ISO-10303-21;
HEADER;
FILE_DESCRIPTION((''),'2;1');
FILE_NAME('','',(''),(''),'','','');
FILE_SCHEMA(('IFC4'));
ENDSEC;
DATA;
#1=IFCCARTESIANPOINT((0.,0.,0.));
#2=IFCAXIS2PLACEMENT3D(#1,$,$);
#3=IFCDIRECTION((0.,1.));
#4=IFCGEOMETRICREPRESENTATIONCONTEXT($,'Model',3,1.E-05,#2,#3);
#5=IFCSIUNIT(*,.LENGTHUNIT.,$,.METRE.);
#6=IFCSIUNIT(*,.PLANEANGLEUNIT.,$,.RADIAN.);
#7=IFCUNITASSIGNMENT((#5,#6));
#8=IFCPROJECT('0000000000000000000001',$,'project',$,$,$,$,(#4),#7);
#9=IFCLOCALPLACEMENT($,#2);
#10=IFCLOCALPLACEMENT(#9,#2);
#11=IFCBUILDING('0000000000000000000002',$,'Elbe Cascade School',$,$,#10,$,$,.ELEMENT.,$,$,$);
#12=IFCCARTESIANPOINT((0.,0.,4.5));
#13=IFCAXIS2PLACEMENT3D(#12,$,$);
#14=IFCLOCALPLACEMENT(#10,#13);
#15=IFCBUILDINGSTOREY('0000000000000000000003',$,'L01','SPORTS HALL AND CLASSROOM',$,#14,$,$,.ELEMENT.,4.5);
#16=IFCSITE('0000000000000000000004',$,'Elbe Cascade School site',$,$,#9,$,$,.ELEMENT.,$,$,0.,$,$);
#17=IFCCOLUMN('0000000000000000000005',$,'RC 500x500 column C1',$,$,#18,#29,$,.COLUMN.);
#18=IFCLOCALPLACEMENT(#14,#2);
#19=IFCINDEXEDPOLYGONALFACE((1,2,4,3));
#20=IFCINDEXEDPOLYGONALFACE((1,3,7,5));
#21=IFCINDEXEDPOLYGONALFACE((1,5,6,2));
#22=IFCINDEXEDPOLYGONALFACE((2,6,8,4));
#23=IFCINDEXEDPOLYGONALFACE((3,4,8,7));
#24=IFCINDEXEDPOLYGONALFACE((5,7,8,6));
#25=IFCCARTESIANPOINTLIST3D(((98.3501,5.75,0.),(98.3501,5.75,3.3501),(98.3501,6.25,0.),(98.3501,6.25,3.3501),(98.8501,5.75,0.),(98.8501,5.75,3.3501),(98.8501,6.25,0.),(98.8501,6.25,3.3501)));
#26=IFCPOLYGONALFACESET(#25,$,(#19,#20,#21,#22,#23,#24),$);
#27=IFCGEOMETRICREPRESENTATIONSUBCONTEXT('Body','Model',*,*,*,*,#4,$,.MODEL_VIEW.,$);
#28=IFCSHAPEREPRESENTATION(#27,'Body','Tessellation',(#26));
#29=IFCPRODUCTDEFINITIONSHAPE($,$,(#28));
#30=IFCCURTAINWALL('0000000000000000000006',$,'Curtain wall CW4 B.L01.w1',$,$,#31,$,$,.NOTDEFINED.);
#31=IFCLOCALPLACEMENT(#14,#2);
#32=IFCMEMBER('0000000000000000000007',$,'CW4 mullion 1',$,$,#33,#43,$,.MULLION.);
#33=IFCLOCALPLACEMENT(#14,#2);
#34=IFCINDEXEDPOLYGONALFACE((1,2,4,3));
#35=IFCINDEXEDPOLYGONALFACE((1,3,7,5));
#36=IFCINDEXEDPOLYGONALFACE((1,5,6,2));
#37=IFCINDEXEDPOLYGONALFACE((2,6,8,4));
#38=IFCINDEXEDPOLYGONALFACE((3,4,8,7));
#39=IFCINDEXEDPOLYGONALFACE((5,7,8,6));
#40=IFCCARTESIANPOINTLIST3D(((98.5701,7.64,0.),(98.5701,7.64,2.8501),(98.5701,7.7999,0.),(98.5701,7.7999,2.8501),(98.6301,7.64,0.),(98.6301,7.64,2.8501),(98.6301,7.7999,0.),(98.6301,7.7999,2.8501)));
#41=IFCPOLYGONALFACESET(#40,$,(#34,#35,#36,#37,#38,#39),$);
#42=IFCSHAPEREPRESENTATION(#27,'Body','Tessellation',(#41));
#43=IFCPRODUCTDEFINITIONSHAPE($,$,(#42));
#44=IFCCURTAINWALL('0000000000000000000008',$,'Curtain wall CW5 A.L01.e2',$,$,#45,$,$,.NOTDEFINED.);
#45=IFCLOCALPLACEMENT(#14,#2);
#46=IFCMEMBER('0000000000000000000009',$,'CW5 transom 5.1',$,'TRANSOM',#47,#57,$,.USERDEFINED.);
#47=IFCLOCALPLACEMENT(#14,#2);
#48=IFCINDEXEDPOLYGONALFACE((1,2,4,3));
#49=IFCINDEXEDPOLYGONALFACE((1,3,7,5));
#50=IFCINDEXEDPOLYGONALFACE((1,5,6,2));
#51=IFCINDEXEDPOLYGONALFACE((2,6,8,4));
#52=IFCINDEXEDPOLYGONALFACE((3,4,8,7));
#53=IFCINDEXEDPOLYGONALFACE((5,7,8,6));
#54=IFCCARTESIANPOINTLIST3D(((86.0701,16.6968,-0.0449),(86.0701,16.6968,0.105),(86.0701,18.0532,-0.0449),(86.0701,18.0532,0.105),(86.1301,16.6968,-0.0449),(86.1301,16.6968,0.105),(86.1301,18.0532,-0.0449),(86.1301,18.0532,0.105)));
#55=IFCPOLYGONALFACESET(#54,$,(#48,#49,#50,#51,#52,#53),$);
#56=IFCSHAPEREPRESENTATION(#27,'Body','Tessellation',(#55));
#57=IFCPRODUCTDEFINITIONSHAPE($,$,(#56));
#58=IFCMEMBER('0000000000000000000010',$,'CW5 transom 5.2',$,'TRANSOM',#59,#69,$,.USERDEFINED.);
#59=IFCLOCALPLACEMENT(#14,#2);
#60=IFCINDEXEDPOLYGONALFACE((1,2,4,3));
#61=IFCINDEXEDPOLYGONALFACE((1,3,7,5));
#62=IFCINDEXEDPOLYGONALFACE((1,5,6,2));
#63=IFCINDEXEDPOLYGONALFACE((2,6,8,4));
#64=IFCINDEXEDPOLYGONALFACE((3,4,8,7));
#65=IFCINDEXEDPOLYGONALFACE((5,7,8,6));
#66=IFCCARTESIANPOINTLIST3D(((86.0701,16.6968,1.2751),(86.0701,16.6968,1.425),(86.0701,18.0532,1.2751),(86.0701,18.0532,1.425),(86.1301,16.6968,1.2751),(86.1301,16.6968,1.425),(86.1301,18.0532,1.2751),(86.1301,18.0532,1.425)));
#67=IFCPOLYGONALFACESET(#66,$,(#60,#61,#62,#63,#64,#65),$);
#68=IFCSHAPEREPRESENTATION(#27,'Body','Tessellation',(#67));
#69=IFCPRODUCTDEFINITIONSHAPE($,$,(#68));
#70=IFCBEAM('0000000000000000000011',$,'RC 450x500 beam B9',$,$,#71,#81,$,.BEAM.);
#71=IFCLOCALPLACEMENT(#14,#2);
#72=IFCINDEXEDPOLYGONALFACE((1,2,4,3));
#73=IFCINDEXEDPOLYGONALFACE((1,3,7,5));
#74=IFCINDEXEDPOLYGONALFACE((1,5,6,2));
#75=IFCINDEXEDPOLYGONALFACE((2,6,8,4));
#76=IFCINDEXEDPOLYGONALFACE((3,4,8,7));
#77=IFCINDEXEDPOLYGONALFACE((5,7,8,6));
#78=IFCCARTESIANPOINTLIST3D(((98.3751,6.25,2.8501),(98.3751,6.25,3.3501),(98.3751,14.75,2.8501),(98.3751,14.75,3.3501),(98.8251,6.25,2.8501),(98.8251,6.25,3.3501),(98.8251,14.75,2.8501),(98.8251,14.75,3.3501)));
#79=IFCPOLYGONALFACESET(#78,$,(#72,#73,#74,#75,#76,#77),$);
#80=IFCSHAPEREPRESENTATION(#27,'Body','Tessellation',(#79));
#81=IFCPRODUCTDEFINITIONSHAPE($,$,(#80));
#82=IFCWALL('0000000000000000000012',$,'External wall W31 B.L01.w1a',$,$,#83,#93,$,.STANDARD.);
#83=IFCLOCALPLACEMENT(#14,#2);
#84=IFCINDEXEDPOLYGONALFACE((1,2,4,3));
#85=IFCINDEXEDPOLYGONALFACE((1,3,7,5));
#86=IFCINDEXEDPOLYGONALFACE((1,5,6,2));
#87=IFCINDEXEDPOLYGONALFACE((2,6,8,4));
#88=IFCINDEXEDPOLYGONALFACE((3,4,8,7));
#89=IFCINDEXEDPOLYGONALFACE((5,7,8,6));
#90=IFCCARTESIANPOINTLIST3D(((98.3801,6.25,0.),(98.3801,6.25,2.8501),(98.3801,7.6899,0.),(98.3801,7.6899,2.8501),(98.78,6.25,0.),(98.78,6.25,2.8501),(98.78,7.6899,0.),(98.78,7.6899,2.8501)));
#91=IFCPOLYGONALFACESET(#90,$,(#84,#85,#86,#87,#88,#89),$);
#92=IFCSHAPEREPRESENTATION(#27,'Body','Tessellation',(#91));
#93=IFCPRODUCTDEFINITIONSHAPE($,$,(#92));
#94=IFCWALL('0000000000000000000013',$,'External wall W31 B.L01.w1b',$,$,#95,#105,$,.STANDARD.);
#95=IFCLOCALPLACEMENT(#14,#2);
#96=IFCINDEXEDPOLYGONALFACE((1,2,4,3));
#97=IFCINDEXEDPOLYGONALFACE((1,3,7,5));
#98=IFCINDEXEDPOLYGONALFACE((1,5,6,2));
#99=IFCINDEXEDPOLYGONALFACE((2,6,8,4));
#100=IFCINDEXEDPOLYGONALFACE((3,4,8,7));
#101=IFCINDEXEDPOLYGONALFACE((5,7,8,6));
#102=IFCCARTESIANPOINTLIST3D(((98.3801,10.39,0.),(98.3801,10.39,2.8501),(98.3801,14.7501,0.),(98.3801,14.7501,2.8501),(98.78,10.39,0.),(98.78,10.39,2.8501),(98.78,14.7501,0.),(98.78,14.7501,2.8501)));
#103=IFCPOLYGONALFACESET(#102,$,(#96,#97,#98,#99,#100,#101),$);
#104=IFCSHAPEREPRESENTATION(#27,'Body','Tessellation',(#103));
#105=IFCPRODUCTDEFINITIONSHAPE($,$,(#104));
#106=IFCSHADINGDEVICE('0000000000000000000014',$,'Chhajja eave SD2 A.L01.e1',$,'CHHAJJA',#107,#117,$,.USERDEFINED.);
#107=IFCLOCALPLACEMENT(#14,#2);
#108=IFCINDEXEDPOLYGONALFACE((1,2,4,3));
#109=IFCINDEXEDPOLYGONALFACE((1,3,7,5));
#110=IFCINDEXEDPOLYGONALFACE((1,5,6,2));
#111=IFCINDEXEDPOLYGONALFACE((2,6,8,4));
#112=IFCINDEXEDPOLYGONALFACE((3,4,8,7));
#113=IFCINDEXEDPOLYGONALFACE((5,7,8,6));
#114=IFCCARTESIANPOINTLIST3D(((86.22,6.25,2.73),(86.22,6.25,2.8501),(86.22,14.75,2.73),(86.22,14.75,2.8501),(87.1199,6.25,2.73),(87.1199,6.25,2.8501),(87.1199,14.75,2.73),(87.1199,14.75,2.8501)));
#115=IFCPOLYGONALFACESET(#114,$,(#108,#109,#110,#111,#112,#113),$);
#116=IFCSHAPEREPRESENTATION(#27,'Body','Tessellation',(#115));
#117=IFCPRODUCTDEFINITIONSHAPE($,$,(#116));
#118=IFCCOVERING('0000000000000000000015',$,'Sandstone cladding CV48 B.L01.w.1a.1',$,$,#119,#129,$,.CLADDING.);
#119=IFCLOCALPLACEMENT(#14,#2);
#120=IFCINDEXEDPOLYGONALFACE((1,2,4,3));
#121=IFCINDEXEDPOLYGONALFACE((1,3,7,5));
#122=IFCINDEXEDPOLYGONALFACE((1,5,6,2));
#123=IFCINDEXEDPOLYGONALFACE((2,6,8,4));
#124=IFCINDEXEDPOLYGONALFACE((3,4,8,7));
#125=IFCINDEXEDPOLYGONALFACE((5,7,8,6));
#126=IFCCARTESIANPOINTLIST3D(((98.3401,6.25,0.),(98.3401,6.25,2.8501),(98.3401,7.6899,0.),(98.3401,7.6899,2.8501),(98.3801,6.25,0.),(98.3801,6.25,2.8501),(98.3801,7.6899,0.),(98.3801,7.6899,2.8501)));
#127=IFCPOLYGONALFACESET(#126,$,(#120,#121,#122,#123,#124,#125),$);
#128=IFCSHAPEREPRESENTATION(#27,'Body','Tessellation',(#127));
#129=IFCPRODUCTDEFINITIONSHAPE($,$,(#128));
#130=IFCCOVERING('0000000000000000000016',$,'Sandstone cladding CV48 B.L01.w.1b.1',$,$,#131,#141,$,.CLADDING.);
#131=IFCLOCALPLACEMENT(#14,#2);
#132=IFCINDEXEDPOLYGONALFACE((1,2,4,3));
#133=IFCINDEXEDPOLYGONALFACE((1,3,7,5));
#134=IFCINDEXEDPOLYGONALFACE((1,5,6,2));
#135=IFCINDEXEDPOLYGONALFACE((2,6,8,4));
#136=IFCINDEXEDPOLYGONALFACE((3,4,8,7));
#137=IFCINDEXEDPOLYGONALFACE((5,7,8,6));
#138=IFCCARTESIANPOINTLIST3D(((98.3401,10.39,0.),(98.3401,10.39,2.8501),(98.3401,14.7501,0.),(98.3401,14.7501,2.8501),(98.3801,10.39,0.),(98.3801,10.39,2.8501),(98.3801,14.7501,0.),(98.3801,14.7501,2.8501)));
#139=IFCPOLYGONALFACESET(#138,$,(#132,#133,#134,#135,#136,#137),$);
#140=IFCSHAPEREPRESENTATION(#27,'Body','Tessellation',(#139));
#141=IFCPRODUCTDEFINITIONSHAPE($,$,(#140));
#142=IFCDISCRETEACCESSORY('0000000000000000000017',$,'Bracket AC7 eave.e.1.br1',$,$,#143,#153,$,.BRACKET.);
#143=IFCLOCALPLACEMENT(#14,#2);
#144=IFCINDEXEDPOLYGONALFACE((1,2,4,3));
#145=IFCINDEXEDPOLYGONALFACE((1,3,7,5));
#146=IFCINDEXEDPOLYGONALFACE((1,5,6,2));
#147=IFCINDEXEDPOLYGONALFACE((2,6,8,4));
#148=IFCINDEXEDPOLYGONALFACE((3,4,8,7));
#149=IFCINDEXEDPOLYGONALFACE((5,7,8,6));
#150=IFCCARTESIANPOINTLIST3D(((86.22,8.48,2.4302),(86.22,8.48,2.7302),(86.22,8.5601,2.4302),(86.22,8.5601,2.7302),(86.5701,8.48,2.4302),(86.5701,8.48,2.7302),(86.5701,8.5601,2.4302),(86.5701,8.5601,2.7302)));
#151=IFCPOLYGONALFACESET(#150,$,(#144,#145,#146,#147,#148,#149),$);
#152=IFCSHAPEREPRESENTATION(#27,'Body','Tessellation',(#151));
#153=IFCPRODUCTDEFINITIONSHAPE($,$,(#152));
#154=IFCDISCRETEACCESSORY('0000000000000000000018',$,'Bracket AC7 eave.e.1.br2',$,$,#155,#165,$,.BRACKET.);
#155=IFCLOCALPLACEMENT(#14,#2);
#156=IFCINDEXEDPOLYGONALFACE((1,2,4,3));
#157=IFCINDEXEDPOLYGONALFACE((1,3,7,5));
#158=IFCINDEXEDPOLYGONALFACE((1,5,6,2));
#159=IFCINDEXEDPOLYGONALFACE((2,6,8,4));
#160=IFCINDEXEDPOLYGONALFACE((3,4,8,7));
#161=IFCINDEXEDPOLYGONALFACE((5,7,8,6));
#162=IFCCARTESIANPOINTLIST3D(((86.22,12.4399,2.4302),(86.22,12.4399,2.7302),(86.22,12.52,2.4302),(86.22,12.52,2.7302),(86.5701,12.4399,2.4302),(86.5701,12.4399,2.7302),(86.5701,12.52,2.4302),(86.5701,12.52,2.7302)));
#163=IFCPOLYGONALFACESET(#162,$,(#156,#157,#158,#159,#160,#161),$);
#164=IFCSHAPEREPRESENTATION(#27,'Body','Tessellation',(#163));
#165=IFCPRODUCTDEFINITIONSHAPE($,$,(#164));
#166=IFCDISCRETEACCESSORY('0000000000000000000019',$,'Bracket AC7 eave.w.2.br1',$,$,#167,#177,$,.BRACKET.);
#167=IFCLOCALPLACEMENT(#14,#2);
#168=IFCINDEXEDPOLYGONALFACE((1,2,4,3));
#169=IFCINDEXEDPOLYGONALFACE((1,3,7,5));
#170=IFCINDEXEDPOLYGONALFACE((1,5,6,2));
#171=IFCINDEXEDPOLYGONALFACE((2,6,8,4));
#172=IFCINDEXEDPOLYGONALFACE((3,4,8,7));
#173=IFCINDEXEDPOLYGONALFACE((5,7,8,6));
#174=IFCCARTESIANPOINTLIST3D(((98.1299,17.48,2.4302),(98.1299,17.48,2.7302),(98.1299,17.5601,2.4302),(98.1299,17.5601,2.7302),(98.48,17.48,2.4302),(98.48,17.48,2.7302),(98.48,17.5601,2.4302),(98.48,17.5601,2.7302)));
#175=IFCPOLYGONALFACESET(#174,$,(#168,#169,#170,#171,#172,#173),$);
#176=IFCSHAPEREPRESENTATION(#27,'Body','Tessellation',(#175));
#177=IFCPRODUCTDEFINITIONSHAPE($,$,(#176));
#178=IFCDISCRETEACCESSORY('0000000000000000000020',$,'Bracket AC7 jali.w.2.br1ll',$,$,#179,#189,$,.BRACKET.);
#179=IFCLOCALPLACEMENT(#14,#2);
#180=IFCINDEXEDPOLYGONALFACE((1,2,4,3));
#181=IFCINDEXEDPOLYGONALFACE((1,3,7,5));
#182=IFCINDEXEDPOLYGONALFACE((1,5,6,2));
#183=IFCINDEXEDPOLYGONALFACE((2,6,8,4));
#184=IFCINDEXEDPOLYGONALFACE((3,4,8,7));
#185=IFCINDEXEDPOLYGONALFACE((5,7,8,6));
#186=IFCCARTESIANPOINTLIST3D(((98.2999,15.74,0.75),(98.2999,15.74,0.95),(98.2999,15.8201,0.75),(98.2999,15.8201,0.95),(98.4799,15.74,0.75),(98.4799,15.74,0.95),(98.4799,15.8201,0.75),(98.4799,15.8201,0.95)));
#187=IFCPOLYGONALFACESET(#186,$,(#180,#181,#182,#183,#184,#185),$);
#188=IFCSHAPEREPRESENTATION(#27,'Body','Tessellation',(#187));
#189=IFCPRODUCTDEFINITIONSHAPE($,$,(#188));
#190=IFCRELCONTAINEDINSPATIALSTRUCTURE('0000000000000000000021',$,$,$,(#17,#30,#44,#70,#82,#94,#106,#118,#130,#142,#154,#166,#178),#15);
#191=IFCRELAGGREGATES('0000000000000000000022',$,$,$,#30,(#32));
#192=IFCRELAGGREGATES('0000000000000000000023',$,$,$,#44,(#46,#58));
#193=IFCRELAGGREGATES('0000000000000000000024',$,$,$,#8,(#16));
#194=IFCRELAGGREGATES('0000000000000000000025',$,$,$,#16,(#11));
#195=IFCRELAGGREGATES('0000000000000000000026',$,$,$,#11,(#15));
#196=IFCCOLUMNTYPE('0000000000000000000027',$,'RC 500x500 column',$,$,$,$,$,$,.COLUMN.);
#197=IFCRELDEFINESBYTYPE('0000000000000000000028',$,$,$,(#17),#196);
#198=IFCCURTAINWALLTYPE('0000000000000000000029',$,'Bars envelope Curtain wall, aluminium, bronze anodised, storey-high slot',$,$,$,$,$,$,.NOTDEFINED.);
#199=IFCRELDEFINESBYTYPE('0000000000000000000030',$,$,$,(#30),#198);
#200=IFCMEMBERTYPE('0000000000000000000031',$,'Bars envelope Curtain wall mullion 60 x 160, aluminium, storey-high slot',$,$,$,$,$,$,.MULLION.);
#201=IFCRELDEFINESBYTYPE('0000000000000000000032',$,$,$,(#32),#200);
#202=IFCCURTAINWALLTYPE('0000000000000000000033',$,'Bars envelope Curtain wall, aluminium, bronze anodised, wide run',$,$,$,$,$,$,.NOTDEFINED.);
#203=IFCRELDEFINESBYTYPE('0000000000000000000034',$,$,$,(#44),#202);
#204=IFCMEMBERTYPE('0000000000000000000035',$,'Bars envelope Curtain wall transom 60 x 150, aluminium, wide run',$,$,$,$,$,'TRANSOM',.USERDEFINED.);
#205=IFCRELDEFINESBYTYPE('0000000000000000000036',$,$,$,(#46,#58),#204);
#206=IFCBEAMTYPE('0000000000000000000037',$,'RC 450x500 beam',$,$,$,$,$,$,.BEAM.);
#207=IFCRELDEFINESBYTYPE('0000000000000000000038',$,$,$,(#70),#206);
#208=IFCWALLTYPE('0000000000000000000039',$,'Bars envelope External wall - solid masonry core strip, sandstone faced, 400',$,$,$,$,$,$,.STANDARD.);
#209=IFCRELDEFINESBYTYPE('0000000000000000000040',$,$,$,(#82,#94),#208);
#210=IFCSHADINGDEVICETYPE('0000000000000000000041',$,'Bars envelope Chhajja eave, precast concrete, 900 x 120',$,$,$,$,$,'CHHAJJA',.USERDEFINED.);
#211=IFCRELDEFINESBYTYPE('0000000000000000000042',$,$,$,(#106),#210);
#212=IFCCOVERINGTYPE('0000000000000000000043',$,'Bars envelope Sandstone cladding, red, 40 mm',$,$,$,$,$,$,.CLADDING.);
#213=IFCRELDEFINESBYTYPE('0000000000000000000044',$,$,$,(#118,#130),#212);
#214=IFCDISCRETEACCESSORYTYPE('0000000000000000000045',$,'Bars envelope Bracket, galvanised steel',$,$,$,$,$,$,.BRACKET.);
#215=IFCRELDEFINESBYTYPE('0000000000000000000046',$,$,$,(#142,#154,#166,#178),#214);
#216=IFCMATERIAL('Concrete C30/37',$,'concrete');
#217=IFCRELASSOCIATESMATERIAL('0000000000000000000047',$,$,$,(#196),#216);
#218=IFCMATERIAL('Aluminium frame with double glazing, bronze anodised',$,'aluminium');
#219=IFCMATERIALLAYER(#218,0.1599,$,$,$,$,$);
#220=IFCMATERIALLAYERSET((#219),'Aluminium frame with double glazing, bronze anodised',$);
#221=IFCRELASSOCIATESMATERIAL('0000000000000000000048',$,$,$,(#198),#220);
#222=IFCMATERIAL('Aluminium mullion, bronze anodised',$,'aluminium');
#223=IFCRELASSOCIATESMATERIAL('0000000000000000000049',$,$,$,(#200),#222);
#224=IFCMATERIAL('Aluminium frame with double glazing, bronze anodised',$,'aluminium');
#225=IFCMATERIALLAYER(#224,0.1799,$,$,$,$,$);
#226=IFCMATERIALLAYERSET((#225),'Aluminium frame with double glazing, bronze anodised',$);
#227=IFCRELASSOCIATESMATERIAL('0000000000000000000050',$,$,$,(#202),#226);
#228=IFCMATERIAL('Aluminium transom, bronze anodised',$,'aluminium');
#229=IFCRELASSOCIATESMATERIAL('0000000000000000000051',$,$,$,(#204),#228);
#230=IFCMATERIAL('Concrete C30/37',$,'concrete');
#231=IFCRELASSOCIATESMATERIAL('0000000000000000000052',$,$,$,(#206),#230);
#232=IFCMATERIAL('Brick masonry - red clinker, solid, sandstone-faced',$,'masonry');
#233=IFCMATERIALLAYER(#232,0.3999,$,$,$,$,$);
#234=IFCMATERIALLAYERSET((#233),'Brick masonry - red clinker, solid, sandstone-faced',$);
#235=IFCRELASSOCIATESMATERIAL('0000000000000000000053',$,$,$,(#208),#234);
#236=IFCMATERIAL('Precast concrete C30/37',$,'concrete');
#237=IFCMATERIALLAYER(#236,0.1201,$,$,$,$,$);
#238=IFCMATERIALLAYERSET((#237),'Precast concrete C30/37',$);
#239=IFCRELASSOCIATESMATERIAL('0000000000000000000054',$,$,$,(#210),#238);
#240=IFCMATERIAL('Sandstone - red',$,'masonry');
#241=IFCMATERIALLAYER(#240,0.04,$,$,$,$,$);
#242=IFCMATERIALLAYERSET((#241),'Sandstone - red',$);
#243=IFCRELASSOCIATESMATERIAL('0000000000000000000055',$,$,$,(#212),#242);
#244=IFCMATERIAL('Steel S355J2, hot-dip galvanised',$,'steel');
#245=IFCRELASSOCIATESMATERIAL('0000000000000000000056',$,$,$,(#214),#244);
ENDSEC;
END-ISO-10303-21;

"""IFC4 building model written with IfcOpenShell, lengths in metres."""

from ifc_helpers import new_model, si_unit, direction, frame, frame_2d, origin, origin_2d, place, context, subcontext, project, spatial, rectangle, extrude, material, layer, layer_set, material_profile, profile_set, type_object, element, aggregate, save


model = new_model("IFC4")

# Units and contexts
model_context = context("Model", 3, precision=1e-05, world=origin(), true_north=direction((0.0, 1.0)))
body_context = subcontext(model_context, "Body", "Model", "MODEL_VIEW")
ifc_project = project(units=[si_unit("LENGTHUNIT", "METRE"), si_unit("PLANEANGLEUNIT", "RADIAN")], contexts=[model_context])

# Site, building, storey
site_placement = place(None, origin())
site = spatial("IfcSite", under=ifc_project, at=site_placement, Name="Elbe Cascade School site", CompositionType="ELEMENT", RefElevation=0.0)
building_placement = place(site_placement, origin())
building = spatial("IfcBuilding", under=site, at=building_placement, Name="Elbe Cascade School", CompositionType="ELEMENT")
storey_placement = place(building_placement, frame((0.0, 0.0, 4.5)))
storey = spatial("IfcBuildingStorey", under=building, at=storey_placement, Name="L01", Description="SPORTS HALL AND CLASSROOM", CompositionType="ELEMENT", Elevation=4.5)

# Column
ifc_material_1 = material(Name="Concrete C30/37", Category="concrete")
ifc_material_profile_1 = material_profile(ifc_material_1, rectangle(XDim=0.5, YDim=0.5, at=origin_2d()), Name="RC 500x500")
ifc_profile_set_1 = profile_set([ifc_material_profile_1], Name="Concrete C30/37")
column_type = type_object("IfcColumnType", Name="RC 500x500 column", PredefinedType="COLUMN", material=ifc_profile_set_1)
column_placement = place(storey_placement, frame((98.6001, 6.0, 0.0), z_axis=(0.0, 0.0, 1.0), x_axis=(1.0, 0.0, 0.0)))
element("IfcColumn", 1, at=column_placement, inside=storey, type_object=column_type, Name="RC 500x500 column C1", PredefinedType="COLUMN", context=body_context, shape_type="SweptSolid", body=[
    extrude(rectangle(XDim=0.5, YDim=0.5, at=origin_2d()), origin(), (0.0, 0.0, 1.0), 3.3501),
])

# Curtain wall, member
ifc_material_2 = material(Name="Aluminium frame with double glazing, bronze anodised", Category="aluminium")
ifc_layer_1 = layer(ifc_material_2, 0.1599)
ifc_layer_set_1 = layer_set([ifc_layer_1], Name="Aluminium frame with double glazing, bronze anodised")
curtain_wall_type_1 = type_object("IfcCurtainWallType", Name="Bars envelope Curtain wall, aluminium, bronze anodised, storey-high slot", PredefinedType="NOTDEFINED", material=ifc_layer_set_1)
curtain_wall_1_placement = place(storey_placement, origin())
curtain_wall_1 = element("IfcCurtainWall", 2, at=curtain_wall_1_placement, inside=storey, type_object=curtain_wall_type_1, Name="Curtain wall CW4 B.L01.w1", PredefinedType="NOTDEFINED")
ifc_material_3 = material(Name="Aluminium mullion, bronze anodised", Category="aluminium")
ifc_material_profile_2 = material_profile(ifc_material_3, rectangle(XDim=0.0601, YDim=0.1599, at=origin_2d()), Name="Bars envelope Curtain wall mullion 60 x 160, aluminium, storey-high slot")
ifc_profile_set_2 = profile_set([ifc_material_profile_2], Name="Aluminium mullion, bronze anodised")
member_type_1 = type_object("IfcMemberType", Name="Bars envelope Curtain wall mullion 60 x 160, aluminium, storey-high slot", PredefinedType="MULLION", material=ifc_profile_set_2)
member_1_placement = place(storey_placement, frame((98.6001, 7.72, 0.0), z_axis=(0.0, 0.0, 1.0), x_axis=(-1.0, 0.0, 0.0)))
member_1 = element("IfcMember", 3, at=member_1_placement, type_object=member_type_1, Name="CW4 mullion 1", PredefinedType="MULLION", context=body_context, shape_type="SweptSolid", body=[
    extrude(rectangle(XDim=0.0601, YDim=0.1599, at=origin_2d()), origin(), (0.0, 0.0, 1.0), 2.8501),
])
aggregate(curtain_wall_1, [member_1])

# Curtain wall, members
ifc_material_4 = material(Name="Aluminium frame with double glazing, bronze anodised", Category="aluminium")
ifc_layer_2 = layer(ifc_material_4, 0.1799)
ifc_layer_set_2 = layer_set([ifc_layer_2], Name="Aluminium frame with double glazing, bronze anodised")
curtain_wall_type_2 = type_object("IfcCurtainWallType", Name="Bars envelope Curtain wall, aluminium, bronze anodised, wide run", PredefinedType="NOTDEFINED", material=ifc_layer_set_2)
curtain_wall_2_placement = place(storey_placement, origin())
curtain_wall_2 = element("IfcCurtainWall", 4, at=curtain_wall_2_placement, inside=storey, type_object=curtain_wall_type_2, Name="Curtain wall CW5 A.L01.e2", PredefinedType="NOTDEFINED")
ifc_material_5 = material(Name="Aluminium transom, bronze anodised", Category="aluminium")
ifc_material_profile_3 = material_profile(ifc_material_5, rectangle(XDim=0.0601, YDim=0.1499, at=origin_2d()), Name="Bars envelope Curtain wall transom 60 x 150, aluminium, wide run")
ifc_profile_set_3 = profile_set([ifc_material_profile_3], Name="Aluminium transom, bronze anodised")
member_type_2 = type_object("IfcMemberType", Name="Bars envelope Curtain wall transom 60 x 150, aluminium, wide run", ElementType="TRANSOM", PredefinedType="USERDEFINED", material=ifc_profile_set_3)
member_2_placement = place(storey_placement, frame((86.1001, 18.0532, 0.03), z_axis=(0.0, -1.0, 0.0), x_axis=(1.0, 0.0, 0.0)))
member_2 = element("IfcMember", 5, at=member_2_placement, type_object=member_type_2, Name="CW5 transom 5.1", ObjectType="TRANSOM", PredefinedType="USERDEFINED", context=body_context, shape_type="SweptSolid", body=[
    extrude(rectangle(XDim=0.0601, YDim=0.1499, at=origin_2d()), origin(), (0.0, 0.0, 1.0), 1.3564),
])
member_3_placement = place(storey_placement, frame((86.1001, 18.0532, 1.3501), z_axis=(0.0, -1.0, 0.0), x_axis=(1.0, 0.0, 0.0)))
member_3 = element("IfcMember", 6, at=member_3_placement, type_object=member_type_2, Name="CW5 transom 5.2", ObjectType="TRANSOM", PredefinedType="USERDEFINED", context=body_context, shape_type="SweptSolid", body=[
    extrude(rectangle(XDim=0.0601, YDim=0.1499, at=origin_2d()), origin(), (0.0, 0.0, 1.0), 1.3564),
])
aggregate(curtain_wall_2, [member_2, member_3])

# Beam
ifc_material_6 = material(Name="Concrete C30/37", Category="concrete")
ifc_material_profile_4 = material_profile(ifc_material_6, rectangle(XDim=0.45, YDim=0.5, at=origin_2d()), Name="RC 450x500")
ifc_profile_set_4 = profile_set([ifc_material_profile_4], Name="Concrete C30/37")
beam_type = type_object("IfcBeamType", Name="RC 450x500 beam", PredefinedType="BEAM", material=ifc_profile_set_4)
beam_placement = place(storey_placement, frame((98.6001, 6.25, 3.1001), z_axis=(0.0, 1.0, 0.0), x_axis=(-1.0, 0.0, 0.0)))
element("IfcBeam", 7, at=beam_placement, inside=storey, type_object=beam_type, Name="RC 450x500 beam B9", PredefinedType="BEAM", context=body_context, shape_type="SweptSolid", body=[
    extrude(rectangle(XDim=0.45, YDim=0.5, at=origin_2d()), origin(), (0.0, 0.0, 1.0), 8.5),
])

# Walls
ifc_material_7 = material(Name="Brick masonry - red clinker, solid, sandstone-faced", Category="masonry")
ifc_layer_3 = layer(ifc_material_7, 0.3999)
ifc_layer_set_3 = layer_set([ifc_layer_3], Name="Brick masonry - red clinker, solid, sandstone-faced")
wall_type = type_object("IfcWallType", Name="Bars envelope External wall - solid masonry core strip, sandstone faced, 400", PredefinedType="STANDARD", material=ifc_layer_set_3)
wall_1_placement = place(storey_placement, frame((98.5801, 6.25, 0.0), z_axis=(0.0, 0.0, 1.0), x_axis=(0.0, 1.0, 0.0)))
element("IfcWall", 8, at=wall_1_placement, inside=storey, type_object=wall_type, Name="External wall W31 B.L01.w1a", PredefinedType="STANDARD", context=body_context, shape_type="SweptSolid", body=[
    extrude(rectangle(XDim=1.4399, YDim=0.3999, at=frame_2d((0.72, 0.0))), origin(), (0.0, 0.0, 1.0), 2.8501),
])
wall_2_placement = place(storey_placement, frame((98.5801, 10.3899, 0.0), z_axis=(0.0, 0.0, 1.0), x_axis=(0.0, 1.0, 0.0)))
element("IfcWall", 9, at=wall_2_placement, inside=storey, type_object=wall_type, Name="External wall W31 B.L01.w1b", PredefinedType="STANDARD", context=body_context, shape_type="SweptSolid", body=[
    extrude(rectangle(XDim=4.3601, YDim=0.3999, at=frame_2d((2.1802, 0.0))), origin(), (0.0, 0.0, 1.0), 2.8501),
])

# Shading device
ifc_material_8 = material(Name="Precast concrete C30/37", Category="concrete")
ifc_layer_4 = layer(ifc_material_8, 0.1201)
ifc_layer_set_4 = layer_set([ifc_layer_4], Name="Precast concrete C30/37")
shading_device_type_1 = type_object("IfcShadingDeviceType", Name="Bars envelope Chhajja eave, precast concrete, 900 x 120", ElementType="CHHAJJA", PredefinedType="USERDEFINED", material=ifc_layer_set_4)
shading_device_1_placement = place(storey_placement, frame((86.6699, 10.5, 2.73), z_axis=(0.0, 0.0, 1.0), x_axis=(0.0, 1.0, 0.0)))
element("IfcShadingDevice", 10, at=shading_device_1_placement, inside=storey, type_object=shading_device_type_1, Name="Chhajja eave SD2 A.L01.e1", ObjectType="CHHAJJA", PredefinedType="USERDEFINED", context=body_context, shape_type="SweptSolid", body=[
    extrude(rectangle(XDim=8.5, YDim=0.8999, at=origin_2d()), origin(), (0.0, 0.0, 1.0), 0.1201),
])

# Coverings
ifc_material_9 = material(Name="Sandstone - red", Category="masonry")
ifc_layer_5 = layer(ifc_material_9, 0.04)
ifc_layer_set_5 = layer_set([ifc_layer_5], Name="Sandstone - red")
covering_type = type_object("IfcCoveringType", Name="Bars envelope Sandstone cladding, red, 40 mm", PredefinedType="CLADDING", material=ifc_layer_set_5)
covering_1_placement = place(storey_placement, frame((98.3601, 6.97, 0.0), z_axis=(0.0, 0.0, 1.0), x_axis=(0.0, 1.0, 0.0)))
element("IfcCovering", 11, at=covering_1_placement, inside=storey, type_object=covering_type, Name="Sandstone cladding CV48 B.L01.w.1a.1", PredefinedType="CLADDING", context=body_context, shape_type="SweptSolid", body=[
    extrude(rectangle(XDim=1.4399, YDim=0.04, at=origin_2d()), origin(), (0.0, 0.0, 1.0), 2.8501),
])
covering_2_placement = place(storey_placement, frame((98.3601, 12.5701, 0.0), z_axis=(0.0, 0.0, 1.0), x_axis=(0.0, 1.0, 0.0)))
element("IfcCovering", 12, at=covering_2_placement, inside=storey, type_object=covering_type, Name="Sandstone cladding CV48 B.L01.w.1b.1", PredefinedType="CLADDING", context=body_context, shape_type="SweptSolid", body=[
    extrude(rectangle(XDim=4.3601, YDim=0.04, at=origin_2d()), origin(), (0.0, 0.0, 1.0), 2.8501),
])

# Discrete accessories
ifc_material_10 = material(Name="Steel S355J2, hot-dip galvanised", Category="steel")
discrete_accessory_type = type_object("IfcDiscreteAccessoryType", Name="Bars envelope Bracket, galvanised steel", PredefinedType="BRACKET", material=ifc_material_10)
for number, where, z_axis, x_axis, name in (
    (13, (86.395, 8.52, 2.4302), (0.0, 0.0, 1.0), (0.0, 1.0, 0.0), "Bracket AC7 eave.e.1.br1"),
    (14, (86.395, 12.48, 2.4302), (0.0, 0.0, 1.0), (0.0, 1.0, 0.0), "Bracket AC7 eave.e.1.br2"),
    (15, (98.3049, 17.52, 2.4302), (0.0, 0.0, 1.0), (0.0, 1.0, 0.0), "Bracket AC7 eave.w.2.br1"),
):
    element("IfcDiscreteAccessory", number, at=place(storey_placement, frame(where, z_axis=z_axis, x_axis=x_axis)), inside=storey, type_object=discrete_accessory_type, Name=name, PredefinedType="BRACKET", context=body_context, shape_type="SweptSolid", body=[
        extrude(rectangle(XDim=0.0801, YDim=0.3501, at=origin_2d()), origin(), (0.0, 0.0, 1.0), 0.3),
    ])
for number, where, z_axis, x_axis, name in (
    (16, (98.3899, 15.78, 0.75), (0.0, 0.0, 1.0), (0.0, 1.0, 0.0), "Bracket AC7 jali.w.2.br1ll"),
):
    element("IfcDiscreteAccessory", number, at=place(storey_placement, frame(where, z_axis=z_axis, x_axis=x_axis)), inside=storey, type_object=discrete_accessory_type, Name=name, PredefinedType="BRACKET", context=body_context, shape_type="SweptSolid", body=[
        extrude(rectangle(XDim=0.0801, YDim=0.1799, at=origin_2d()), origin(), (0.0, 0.0, 1.0), 0.2),
    ])

save(model, "model.ifc")
